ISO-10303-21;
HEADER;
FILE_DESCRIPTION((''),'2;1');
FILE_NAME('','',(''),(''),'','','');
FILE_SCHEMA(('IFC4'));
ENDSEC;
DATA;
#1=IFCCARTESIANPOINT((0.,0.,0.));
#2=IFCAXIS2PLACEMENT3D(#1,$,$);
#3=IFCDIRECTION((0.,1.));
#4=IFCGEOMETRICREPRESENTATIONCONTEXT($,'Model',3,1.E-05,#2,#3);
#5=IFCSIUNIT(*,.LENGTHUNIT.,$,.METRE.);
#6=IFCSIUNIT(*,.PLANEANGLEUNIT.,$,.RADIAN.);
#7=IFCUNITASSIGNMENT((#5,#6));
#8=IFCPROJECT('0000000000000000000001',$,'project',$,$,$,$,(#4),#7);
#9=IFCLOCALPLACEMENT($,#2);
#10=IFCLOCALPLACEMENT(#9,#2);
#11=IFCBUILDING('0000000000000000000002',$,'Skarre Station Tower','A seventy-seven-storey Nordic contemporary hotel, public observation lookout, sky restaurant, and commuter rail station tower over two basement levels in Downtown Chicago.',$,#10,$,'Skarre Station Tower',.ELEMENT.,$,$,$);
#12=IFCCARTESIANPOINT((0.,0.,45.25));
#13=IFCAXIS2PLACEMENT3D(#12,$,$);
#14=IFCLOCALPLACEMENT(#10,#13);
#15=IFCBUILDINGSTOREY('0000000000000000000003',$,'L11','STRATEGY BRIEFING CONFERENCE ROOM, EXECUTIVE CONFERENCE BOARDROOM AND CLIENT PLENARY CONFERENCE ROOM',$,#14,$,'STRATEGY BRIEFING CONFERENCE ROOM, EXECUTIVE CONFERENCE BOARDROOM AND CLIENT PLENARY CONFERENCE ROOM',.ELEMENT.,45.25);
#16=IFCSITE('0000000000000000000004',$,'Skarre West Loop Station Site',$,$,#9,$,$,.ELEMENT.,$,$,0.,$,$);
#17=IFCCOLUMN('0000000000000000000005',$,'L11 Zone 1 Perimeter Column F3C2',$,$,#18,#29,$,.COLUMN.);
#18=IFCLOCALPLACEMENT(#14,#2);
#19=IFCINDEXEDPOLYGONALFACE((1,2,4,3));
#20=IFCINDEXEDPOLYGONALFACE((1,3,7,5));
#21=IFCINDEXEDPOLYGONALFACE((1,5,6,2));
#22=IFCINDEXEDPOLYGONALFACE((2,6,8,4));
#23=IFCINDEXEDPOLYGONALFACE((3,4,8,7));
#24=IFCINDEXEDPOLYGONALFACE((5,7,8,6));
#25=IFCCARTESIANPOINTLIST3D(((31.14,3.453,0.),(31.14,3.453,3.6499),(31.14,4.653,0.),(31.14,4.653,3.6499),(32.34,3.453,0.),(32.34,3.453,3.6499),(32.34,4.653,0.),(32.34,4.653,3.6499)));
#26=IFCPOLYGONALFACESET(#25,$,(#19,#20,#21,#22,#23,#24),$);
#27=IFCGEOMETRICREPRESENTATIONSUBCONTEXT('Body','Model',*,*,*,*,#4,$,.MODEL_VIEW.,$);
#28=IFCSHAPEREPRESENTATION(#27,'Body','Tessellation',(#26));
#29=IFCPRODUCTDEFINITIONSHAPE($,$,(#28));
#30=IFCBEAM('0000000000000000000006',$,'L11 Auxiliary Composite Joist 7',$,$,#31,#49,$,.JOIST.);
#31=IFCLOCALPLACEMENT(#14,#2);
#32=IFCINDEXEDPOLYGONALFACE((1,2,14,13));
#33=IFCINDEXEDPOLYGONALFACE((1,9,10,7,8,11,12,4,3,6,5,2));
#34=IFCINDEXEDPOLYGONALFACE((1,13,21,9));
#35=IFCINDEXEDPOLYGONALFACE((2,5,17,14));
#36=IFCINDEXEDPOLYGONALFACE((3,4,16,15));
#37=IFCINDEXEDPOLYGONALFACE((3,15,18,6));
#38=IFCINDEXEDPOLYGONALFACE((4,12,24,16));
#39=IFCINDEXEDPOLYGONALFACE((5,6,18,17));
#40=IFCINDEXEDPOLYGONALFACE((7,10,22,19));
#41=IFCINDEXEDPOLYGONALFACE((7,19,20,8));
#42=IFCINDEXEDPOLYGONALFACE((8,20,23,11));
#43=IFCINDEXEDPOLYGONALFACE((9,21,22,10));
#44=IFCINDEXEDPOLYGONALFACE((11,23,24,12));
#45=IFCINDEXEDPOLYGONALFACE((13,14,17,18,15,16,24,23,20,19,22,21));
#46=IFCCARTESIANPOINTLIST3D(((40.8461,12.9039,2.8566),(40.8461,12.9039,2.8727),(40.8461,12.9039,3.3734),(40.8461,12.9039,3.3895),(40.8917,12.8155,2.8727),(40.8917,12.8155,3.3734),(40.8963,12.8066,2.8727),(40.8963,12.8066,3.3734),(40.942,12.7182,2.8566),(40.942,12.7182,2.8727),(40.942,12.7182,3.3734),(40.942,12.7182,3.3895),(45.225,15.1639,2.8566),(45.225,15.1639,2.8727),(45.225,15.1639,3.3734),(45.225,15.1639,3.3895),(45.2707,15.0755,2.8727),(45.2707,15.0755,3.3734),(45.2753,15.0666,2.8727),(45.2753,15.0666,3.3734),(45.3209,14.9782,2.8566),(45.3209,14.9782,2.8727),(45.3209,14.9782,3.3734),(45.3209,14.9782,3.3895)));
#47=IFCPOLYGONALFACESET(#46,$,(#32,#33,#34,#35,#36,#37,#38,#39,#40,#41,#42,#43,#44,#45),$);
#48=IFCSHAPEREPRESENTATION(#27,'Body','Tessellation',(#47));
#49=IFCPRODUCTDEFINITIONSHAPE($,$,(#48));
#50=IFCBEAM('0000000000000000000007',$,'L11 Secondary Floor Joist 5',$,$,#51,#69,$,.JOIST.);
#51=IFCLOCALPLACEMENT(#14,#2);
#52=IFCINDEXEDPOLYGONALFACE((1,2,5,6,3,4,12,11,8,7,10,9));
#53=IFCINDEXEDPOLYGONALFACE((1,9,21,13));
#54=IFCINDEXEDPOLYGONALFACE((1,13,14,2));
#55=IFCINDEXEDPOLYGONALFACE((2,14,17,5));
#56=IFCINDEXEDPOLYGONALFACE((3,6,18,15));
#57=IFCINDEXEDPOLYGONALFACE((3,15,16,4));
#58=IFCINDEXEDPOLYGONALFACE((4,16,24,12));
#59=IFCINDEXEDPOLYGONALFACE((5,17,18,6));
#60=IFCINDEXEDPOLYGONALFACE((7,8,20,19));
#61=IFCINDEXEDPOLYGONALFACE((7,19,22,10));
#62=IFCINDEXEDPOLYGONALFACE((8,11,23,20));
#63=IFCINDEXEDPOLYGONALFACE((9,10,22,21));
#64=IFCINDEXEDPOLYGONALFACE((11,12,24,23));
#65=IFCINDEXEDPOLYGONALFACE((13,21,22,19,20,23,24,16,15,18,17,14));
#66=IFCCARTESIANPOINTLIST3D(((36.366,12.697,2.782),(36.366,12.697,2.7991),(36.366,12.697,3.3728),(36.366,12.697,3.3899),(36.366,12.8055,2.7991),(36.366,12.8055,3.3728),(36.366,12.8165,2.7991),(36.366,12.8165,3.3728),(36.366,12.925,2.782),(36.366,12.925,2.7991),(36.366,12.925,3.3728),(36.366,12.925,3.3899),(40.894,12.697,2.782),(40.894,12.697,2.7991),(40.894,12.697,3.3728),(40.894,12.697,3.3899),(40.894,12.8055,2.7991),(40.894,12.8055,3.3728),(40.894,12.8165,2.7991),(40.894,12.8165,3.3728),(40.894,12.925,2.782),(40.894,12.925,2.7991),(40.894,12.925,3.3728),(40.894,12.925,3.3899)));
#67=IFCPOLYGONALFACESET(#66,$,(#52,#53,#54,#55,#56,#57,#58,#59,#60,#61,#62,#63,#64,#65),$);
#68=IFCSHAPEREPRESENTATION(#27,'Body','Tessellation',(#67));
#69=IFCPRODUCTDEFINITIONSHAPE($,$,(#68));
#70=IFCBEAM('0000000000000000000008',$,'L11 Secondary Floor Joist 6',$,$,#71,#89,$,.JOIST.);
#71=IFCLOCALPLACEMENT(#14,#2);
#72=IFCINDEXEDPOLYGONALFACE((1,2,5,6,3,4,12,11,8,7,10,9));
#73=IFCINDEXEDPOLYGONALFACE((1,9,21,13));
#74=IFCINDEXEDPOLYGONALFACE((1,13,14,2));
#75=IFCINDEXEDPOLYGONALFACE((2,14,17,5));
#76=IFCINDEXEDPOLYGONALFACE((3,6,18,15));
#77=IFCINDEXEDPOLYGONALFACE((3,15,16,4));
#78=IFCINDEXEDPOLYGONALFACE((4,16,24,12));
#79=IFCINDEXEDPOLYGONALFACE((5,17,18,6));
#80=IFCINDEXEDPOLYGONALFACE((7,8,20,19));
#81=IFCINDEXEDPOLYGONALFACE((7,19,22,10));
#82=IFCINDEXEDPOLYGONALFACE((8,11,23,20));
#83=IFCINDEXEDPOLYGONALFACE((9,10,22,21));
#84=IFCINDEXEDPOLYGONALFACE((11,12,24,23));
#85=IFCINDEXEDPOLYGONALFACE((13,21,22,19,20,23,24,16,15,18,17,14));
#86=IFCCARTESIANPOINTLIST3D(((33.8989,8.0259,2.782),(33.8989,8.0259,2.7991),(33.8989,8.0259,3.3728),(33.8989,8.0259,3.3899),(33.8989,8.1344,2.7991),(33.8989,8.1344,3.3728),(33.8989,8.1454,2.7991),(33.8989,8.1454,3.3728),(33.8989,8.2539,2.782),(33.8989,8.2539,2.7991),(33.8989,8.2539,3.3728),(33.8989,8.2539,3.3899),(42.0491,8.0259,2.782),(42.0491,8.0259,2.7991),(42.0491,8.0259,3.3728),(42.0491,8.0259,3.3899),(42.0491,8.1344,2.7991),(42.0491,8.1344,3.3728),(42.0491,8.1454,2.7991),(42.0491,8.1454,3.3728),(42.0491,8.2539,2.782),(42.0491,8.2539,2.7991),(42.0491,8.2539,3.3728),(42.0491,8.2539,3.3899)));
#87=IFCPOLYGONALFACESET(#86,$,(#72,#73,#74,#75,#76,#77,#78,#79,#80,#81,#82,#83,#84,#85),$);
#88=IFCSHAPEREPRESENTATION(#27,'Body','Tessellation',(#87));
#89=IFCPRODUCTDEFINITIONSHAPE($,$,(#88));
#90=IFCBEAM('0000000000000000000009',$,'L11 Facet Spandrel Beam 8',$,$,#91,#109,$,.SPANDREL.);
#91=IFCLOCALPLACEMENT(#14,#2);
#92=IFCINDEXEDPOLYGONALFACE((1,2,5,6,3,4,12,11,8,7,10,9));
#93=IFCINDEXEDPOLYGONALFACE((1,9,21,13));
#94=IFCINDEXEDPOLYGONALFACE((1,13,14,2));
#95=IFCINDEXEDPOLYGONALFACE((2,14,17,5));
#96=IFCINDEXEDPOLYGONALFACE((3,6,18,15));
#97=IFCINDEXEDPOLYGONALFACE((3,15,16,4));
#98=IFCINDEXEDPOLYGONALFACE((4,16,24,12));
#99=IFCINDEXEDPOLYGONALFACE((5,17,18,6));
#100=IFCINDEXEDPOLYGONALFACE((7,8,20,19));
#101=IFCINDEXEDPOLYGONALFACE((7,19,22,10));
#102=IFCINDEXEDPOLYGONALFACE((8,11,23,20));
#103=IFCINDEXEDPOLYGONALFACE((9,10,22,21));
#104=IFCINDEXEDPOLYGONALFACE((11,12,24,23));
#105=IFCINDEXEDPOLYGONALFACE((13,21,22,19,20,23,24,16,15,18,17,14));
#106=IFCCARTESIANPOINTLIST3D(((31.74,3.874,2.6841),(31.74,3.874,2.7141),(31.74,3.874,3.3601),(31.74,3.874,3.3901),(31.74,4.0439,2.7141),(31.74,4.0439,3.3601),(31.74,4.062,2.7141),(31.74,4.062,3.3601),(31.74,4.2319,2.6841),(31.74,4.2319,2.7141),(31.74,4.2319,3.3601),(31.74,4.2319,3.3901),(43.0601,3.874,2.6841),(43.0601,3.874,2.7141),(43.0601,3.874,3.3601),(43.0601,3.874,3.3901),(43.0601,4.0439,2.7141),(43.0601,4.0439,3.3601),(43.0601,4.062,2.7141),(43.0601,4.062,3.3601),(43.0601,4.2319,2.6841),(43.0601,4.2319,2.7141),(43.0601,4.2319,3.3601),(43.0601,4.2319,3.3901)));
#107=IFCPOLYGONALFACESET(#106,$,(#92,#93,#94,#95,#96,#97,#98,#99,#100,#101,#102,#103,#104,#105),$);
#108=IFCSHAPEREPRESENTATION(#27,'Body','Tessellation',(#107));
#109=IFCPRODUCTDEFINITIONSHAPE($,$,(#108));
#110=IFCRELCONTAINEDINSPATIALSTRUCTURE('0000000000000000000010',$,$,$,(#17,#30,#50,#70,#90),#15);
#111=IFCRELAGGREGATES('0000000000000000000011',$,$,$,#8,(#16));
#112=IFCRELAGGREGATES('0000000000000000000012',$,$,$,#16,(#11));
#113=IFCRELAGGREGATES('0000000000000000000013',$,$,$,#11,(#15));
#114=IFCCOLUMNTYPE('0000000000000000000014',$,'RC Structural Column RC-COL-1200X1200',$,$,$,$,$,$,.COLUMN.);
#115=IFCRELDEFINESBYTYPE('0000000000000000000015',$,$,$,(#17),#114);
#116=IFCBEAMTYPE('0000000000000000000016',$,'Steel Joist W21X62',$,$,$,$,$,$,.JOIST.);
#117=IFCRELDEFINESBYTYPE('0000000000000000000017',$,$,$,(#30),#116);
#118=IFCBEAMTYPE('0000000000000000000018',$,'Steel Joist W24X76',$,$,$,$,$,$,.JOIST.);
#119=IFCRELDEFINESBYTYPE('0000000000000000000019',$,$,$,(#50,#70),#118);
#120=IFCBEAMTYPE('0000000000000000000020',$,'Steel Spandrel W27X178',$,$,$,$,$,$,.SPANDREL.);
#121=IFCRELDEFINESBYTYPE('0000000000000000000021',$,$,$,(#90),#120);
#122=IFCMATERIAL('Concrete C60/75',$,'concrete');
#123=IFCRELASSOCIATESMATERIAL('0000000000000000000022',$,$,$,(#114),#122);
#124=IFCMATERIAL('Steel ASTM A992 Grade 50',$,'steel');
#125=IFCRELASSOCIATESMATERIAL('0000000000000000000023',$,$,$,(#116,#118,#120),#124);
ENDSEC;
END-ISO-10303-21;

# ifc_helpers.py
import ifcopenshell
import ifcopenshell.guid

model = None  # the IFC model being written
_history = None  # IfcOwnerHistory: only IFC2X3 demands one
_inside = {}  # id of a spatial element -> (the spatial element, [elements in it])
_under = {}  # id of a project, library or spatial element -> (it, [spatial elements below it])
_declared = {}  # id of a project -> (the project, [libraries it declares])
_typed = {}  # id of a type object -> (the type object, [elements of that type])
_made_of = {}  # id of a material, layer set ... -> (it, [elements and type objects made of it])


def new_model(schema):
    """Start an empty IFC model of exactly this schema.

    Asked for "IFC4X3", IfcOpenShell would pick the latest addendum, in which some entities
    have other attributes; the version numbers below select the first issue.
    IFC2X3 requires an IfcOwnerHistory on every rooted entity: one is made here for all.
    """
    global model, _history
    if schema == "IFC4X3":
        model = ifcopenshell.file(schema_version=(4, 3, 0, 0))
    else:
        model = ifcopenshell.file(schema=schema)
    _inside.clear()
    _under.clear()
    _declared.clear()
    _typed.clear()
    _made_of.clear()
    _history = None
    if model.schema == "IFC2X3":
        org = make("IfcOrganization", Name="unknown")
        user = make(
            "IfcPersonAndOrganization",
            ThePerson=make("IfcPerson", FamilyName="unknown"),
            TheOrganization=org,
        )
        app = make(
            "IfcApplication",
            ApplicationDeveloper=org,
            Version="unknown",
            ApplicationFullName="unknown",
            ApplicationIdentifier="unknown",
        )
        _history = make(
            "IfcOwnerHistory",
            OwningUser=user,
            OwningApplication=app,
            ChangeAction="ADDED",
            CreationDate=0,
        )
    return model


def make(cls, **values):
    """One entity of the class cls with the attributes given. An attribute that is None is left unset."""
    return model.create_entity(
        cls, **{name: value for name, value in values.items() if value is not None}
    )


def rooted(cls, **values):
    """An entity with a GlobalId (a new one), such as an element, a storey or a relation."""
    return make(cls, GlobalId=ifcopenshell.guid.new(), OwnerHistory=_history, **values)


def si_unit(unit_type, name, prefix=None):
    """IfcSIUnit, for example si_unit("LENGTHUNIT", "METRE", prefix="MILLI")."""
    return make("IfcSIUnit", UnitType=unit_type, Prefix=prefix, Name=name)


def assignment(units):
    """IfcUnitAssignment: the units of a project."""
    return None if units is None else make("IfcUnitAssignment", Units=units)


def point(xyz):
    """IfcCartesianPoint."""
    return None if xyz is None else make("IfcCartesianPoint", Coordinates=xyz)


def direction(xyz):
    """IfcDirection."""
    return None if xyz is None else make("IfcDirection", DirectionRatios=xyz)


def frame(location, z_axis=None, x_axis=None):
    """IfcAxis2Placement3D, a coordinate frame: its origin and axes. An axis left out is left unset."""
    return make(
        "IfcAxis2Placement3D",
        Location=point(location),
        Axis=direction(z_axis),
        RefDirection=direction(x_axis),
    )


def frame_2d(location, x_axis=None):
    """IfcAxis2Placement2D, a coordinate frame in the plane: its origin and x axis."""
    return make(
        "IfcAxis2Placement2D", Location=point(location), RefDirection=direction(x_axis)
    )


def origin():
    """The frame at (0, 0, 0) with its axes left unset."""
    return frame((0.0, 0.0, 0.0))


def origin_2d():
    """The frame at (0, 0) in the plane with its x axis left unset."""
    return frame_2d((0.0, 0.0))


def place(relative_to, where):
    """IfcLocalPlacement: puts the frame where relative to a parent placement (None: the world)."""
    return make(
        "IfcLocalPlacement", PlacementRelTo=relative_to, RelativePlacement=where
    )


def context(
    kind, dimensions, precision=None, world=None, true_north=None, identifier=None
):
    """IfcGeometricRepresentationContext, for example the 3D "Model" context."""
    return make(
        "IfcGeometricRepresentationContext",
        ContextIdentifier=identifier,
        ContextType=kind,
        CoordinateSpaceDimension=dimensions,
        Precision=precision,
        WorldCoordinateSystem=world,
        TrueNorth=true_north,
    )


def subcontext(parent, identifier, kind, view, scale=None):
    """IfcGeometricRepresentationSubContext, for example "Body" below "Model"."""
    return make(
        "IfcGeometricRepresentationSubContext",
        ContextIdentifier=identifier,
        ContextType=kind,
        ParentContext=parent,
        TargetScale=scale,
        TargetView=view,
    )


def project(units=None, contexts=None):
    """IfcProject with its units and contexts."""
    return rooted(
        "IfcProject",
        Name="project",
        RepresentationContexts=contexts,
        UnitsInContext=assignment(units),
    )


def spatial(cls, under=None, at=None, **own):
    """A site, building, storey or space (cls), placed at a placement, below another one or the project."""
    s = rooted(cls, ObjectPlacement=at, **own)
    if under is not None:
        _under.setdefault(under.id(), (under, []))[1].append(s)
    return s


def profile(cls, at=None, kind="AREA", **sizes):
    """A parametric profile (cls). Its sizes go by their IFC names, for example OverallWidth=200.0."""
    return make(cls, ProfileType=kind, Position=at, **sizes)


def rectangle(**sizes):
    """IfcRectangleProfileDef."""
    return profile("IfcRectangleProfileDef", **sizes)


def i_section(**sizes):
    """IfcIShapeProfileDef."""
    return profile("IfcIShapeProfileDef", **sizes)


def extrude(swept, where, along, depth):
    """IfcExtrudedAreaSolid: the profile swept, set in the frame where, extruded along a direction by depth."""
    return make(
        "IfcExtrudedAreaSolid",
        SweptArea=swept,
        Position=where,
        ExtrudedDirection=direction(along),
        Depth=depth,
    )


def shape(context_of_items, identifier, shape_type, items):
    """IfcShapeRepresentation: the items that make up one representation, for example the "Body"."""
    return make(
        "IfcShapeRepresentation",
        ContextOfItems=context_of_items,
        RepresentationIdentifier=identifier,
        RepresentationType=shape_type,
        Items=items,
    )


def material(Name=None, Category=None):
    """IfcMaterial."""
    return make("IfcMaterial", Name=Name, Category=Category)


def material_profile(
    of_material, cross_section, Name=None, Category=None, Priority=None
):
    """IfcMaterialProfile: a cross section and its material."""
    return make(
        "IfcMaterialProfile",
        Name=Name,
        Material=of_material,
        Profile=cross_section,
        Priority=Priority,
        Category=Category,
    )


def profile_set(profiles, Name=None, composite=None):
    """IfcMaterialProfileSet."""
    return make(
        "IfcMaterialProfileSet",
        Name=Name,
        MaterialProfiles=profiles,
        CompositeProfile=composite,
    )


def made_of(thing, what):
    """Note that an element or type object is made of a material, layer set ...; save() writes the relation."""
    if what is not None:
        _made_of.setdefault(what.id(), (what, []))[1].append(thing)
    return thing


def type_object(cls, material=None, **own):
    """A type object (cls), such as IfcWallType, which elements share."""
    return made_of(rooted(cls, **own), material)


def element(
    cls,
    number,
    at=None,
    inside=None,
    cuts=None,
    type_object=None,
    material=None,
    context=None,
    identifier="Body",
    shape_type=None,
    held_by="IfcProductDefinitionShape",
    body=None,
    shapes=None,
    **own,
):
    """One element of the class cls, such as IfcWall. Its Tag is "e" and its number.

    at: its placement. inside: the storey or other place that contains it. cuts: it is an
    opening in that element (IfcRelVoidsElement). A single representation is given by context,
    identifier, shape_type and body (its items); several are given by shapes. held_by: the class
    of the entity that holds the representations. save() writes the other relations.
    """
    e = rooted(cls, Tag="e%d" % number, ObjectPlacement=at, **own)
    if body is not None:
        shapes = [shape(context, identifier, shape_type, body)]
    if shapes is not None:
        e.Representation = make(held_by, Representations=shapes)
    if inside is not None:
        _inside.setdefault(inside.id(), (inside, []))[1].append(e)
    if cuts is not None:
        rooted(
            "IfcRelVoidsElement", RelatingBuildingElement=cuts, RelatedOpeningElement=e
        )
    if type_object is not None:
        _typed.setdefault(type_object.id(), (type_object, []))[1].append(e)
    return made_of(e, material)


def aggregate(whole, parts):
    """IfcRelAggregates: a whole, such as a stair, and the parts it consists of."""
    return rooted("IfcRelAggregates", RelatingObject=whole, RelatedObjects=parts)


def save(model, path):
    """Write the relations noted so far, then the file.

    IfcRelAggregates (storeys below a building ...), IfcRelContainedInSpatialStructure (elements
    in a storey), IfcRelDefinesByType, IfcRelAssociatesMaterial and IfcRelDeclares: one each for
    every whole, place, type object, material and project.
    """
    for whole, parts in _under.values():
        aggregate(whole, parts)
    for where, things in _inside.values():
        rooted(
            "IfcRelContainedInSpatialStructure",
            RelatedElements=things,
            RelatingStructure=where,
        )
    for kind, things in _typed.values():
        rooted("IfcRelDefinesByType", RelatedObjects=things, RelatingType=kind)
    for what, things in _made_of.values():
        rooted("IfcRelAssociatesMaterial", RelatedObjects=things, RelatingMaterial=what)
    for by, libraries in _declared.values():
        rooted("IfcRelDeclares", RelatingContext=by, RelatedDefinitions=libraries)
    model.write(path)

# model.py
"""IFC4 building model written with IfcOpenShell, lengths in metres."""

from ifc_helpers import new_model, si_unit, direction, frame, origin, origin_2d, place, context, subcontext, project, spatial, rectangle, i_section, extrude, material, material_profile, profile_set, type_object, element, save


model = new_model("IFC4")

# Units and contexts
model_context = context("Model", 3, precision=1e-05, world=origin(), true_north=direction((0.0, 1.0)))
body_context = subcontext(model_context, "Body", "Model", "MODEL_VIEW")
ifc_project = project(units=[si_unit("LENGTHUNIT", "METRE"), si_unit("PLANEANGLEUNIT", "RADIAN")], contexts=[model_context])

# Site, building, storey
site_placement = place(None, origin())
site = spatial("IfcSite", under=ifc_project, at=site_placement, Name="Skarre West Loop Station Site", CompositionType="ELEMENT", RefElevation=0.0)
building_placement = place(site_placement, origin())
building = spatial("IfcBuilding", under=site, at=building_placement, Name="Skarre Station Tower", Description="A seventy-seven-storey Nordic contemporary hotel, public observation lookout, sky restaurant, and commuter rail station tower over two basement levels in Downtown Chicago.", LongName="Skarre Station Tower", CompositionType="ELEMENT")
storey_placement = place(building_placement, frame((0.0, 0.0, 45.25)))
storey = spatial("IfcBuildingStorey", under=building, at=storey_placement, Name="L11", Description="STRATEGY BRIEFING CONFERENCE ROOM, EXECUTIVE CONFERENCE BOARDROOM AND CLIENT PLENARY CONFERENCE ROOM", LongName="STRATEGY BRIEFING CONFERENCE ROOM, EXECUTIVE CONFERENCE BOARDROOM AND CLIENT PLENARY CONFERENCE ROOM", CompositionType="ELEMENT", Elevation=45.25)

# Column
ifc_material_1 = material(Name="Concrete C60/75", Category="concrete")
ifc_material_profile_1 = material_profile(ifc_material_1, rectangle(XDim=1.2, YDim=1.2, at=origin_2d()), Name="Concrete C60/75")
ifc_profile_set_1 = profile_set([ifc_material_profile_1], Name="Concrete C60/75")
column_type = type_object("IfcColumnType", Name="RC Structural Column RC-COL-1200X1200", PredefinedType="COLUMN", material=ifc_profile_set_1)
column_placement = place(storey_placement, frame((31.74, 4.053, 0.0), z_axis=(0.0, 0.0, 1.0), x_axis=(1.0, 0.0, 0.0)))
element("IfcColumn", 1, at=column_placement, inside=storey, type_object=column_type, Name="L11 Zone 1 Perimeter Column F3C2", PredefinedType="COLUMN", context=body_context, shape_type="SweptSolid", body=[
    extrude(rectangle(XDim=1.2, YDim=1.2, at=origin_2d()), origin(), (0.0, 0.0, 1.0), 3.6499),
])

# Beams
ifc_material_2 = material(Name="Steel ASTM A992 Grade 50", Category="steel")
ifc_material_profile_2 = material_profile(ifc_material_2, i_section(OverallWidth=0.209, OverallDepth=0.533, WebThickness=0.01, FlangeThickness=0.0161, at=origin_2d()), Name="Steel ASTM A992 Grade 50")
ifc_profile_set_2 = profile_set([ifc_material_profile_2], Name="Steel ASTM A992 Grade 50")
beam_type_1 = type_object("IfcBeamType", Name="Steel Joist W21X62", PredefinedType="JOIST", material=ifc_profile_set_2)
beam_1_placement = place(storey_placement, frame((40.894, 12.811, 3.123), z_axis=(0.888627, 0.458632, 0.0), x_axis=(-0.458632, 0.888627, 0.0)))
element("IfcBeam", 2, at=beam_1_placement, inside=storey, type_object=beam_type_1, Name="L11 Auxiliary Composite Joist 7", PredefinedType="JOIST", context=body_context, shape_type="SweptSolid", body=[
    extrude(i_section(OverallWidth=0.209, OverallDepth=0.533, WebThickness=0.01, FlangeThickness=0.0161, at=origin_2d()), origin(), (0.0, 0.0, 1.0), 4.9277),
])
ifc_material_profile_3 = material_profile(ifc_material_2, i_section(OverallWidth=0.228, OverallDepth=0.6079, WebThickness=0.011, FlangeThickness=0.0171, at=origin_2d()), Name="Steel ASTM A992 Grade 50")
ifc_profile_set_3 = profile_set([ifc_material_profile_3], Name="Steel ASTM A992 Grade 50")
beam_type_2 = type_object("IfcBeamType", Name="Steel Joist W24X76", PredefinedType="JOIST", material=ifc_profile_set_3)
beam_2_placement = place(storey_placement, frame((36.366, 12.811, 3.0859), z_axis=(1.0, 0.0, 0.0), x_axis=(0.0, 1.0, 0.0)))
element("IfcBeam", 3, at=beam_2_placement, inside=storey, type_object=beam_type_2, Name="L11 Secondary Floor Joist 5", PredefinedType="JOIST", context=body_context, shape_type="SweptSolid", body=[
    extrude(i_section(OverallWidth=0.228, OverallDepth=0.6079, WebThickness=0.011, FlangeThickness=0.0171, at=origin_2d()), origin(), (0.0, 0.0, 1.0), 4.5281),
])
beam_3_placement = place(storey_placement, frame((33.8989, 8.1399, 3.0859), z_axis=(1.0, 0.0, 0.0), x_axis=(0.0, 1.0, 0.0)))
element("IfcBeam", 4, at=beam_3_placement, inside=storey, type_object=beam_type_2, Name="L11 Secondary Floor Joist 6", PredefinedType="JOIST", context=body_context, shape_type="SweptSolid", body=[
    extrude(i_section(OverallWidth=0.228, OverallDepth=0.6079, WebThickness=0.011, FlangeThickness=0.0171, at=origin_2d()), origin(), (0.0, 0.0, 1.0), 8.1501),
])
ifc_material_profile_4 = material_profile(ifc_material_2, i_section(OverallWidth=0.3579, OverallDepth=0.7061, WebThickness=0.0181, FlangeThickness=0.03, at=origin_2d()), Name="Steel ASTM A992 Grade 50")
ifc_profile_set_4 = profile_set([ifc_material_profile_4], Name="Steel ASTM A992 Grade 50")
beam_type_3 = type_object("IfcBeamType", Name="Steel Spandrel W27X178", PredefinedType="SPANDREL", material=ifc_profile_set_4)
beam_4_placement = place(storey_placement, frame((31.74, 4.053, 3.0371), z_axis=(1.0, 0.0, 0.0), x_axis=(0.0, 1.0, 0.0)))
element("IfcBeam", 5, at=beam_4_placement, inside=storey, type_object=beam_type_3, Name="L11 Facet Spandrel Beam 8", PredefinedType="SPANDREL", context=body_context, shape_type="SweptSolid", body=[
    extrude(i_section(OverallWidth=0.3579, OverallDepth=0.7061, WebThickness=0.0181, FlangeThickness=0.03, at=origin_2d()), origin(), (0.0, 0.0, 1.0), 11.3201),
])

save(model, "model.ifc")
